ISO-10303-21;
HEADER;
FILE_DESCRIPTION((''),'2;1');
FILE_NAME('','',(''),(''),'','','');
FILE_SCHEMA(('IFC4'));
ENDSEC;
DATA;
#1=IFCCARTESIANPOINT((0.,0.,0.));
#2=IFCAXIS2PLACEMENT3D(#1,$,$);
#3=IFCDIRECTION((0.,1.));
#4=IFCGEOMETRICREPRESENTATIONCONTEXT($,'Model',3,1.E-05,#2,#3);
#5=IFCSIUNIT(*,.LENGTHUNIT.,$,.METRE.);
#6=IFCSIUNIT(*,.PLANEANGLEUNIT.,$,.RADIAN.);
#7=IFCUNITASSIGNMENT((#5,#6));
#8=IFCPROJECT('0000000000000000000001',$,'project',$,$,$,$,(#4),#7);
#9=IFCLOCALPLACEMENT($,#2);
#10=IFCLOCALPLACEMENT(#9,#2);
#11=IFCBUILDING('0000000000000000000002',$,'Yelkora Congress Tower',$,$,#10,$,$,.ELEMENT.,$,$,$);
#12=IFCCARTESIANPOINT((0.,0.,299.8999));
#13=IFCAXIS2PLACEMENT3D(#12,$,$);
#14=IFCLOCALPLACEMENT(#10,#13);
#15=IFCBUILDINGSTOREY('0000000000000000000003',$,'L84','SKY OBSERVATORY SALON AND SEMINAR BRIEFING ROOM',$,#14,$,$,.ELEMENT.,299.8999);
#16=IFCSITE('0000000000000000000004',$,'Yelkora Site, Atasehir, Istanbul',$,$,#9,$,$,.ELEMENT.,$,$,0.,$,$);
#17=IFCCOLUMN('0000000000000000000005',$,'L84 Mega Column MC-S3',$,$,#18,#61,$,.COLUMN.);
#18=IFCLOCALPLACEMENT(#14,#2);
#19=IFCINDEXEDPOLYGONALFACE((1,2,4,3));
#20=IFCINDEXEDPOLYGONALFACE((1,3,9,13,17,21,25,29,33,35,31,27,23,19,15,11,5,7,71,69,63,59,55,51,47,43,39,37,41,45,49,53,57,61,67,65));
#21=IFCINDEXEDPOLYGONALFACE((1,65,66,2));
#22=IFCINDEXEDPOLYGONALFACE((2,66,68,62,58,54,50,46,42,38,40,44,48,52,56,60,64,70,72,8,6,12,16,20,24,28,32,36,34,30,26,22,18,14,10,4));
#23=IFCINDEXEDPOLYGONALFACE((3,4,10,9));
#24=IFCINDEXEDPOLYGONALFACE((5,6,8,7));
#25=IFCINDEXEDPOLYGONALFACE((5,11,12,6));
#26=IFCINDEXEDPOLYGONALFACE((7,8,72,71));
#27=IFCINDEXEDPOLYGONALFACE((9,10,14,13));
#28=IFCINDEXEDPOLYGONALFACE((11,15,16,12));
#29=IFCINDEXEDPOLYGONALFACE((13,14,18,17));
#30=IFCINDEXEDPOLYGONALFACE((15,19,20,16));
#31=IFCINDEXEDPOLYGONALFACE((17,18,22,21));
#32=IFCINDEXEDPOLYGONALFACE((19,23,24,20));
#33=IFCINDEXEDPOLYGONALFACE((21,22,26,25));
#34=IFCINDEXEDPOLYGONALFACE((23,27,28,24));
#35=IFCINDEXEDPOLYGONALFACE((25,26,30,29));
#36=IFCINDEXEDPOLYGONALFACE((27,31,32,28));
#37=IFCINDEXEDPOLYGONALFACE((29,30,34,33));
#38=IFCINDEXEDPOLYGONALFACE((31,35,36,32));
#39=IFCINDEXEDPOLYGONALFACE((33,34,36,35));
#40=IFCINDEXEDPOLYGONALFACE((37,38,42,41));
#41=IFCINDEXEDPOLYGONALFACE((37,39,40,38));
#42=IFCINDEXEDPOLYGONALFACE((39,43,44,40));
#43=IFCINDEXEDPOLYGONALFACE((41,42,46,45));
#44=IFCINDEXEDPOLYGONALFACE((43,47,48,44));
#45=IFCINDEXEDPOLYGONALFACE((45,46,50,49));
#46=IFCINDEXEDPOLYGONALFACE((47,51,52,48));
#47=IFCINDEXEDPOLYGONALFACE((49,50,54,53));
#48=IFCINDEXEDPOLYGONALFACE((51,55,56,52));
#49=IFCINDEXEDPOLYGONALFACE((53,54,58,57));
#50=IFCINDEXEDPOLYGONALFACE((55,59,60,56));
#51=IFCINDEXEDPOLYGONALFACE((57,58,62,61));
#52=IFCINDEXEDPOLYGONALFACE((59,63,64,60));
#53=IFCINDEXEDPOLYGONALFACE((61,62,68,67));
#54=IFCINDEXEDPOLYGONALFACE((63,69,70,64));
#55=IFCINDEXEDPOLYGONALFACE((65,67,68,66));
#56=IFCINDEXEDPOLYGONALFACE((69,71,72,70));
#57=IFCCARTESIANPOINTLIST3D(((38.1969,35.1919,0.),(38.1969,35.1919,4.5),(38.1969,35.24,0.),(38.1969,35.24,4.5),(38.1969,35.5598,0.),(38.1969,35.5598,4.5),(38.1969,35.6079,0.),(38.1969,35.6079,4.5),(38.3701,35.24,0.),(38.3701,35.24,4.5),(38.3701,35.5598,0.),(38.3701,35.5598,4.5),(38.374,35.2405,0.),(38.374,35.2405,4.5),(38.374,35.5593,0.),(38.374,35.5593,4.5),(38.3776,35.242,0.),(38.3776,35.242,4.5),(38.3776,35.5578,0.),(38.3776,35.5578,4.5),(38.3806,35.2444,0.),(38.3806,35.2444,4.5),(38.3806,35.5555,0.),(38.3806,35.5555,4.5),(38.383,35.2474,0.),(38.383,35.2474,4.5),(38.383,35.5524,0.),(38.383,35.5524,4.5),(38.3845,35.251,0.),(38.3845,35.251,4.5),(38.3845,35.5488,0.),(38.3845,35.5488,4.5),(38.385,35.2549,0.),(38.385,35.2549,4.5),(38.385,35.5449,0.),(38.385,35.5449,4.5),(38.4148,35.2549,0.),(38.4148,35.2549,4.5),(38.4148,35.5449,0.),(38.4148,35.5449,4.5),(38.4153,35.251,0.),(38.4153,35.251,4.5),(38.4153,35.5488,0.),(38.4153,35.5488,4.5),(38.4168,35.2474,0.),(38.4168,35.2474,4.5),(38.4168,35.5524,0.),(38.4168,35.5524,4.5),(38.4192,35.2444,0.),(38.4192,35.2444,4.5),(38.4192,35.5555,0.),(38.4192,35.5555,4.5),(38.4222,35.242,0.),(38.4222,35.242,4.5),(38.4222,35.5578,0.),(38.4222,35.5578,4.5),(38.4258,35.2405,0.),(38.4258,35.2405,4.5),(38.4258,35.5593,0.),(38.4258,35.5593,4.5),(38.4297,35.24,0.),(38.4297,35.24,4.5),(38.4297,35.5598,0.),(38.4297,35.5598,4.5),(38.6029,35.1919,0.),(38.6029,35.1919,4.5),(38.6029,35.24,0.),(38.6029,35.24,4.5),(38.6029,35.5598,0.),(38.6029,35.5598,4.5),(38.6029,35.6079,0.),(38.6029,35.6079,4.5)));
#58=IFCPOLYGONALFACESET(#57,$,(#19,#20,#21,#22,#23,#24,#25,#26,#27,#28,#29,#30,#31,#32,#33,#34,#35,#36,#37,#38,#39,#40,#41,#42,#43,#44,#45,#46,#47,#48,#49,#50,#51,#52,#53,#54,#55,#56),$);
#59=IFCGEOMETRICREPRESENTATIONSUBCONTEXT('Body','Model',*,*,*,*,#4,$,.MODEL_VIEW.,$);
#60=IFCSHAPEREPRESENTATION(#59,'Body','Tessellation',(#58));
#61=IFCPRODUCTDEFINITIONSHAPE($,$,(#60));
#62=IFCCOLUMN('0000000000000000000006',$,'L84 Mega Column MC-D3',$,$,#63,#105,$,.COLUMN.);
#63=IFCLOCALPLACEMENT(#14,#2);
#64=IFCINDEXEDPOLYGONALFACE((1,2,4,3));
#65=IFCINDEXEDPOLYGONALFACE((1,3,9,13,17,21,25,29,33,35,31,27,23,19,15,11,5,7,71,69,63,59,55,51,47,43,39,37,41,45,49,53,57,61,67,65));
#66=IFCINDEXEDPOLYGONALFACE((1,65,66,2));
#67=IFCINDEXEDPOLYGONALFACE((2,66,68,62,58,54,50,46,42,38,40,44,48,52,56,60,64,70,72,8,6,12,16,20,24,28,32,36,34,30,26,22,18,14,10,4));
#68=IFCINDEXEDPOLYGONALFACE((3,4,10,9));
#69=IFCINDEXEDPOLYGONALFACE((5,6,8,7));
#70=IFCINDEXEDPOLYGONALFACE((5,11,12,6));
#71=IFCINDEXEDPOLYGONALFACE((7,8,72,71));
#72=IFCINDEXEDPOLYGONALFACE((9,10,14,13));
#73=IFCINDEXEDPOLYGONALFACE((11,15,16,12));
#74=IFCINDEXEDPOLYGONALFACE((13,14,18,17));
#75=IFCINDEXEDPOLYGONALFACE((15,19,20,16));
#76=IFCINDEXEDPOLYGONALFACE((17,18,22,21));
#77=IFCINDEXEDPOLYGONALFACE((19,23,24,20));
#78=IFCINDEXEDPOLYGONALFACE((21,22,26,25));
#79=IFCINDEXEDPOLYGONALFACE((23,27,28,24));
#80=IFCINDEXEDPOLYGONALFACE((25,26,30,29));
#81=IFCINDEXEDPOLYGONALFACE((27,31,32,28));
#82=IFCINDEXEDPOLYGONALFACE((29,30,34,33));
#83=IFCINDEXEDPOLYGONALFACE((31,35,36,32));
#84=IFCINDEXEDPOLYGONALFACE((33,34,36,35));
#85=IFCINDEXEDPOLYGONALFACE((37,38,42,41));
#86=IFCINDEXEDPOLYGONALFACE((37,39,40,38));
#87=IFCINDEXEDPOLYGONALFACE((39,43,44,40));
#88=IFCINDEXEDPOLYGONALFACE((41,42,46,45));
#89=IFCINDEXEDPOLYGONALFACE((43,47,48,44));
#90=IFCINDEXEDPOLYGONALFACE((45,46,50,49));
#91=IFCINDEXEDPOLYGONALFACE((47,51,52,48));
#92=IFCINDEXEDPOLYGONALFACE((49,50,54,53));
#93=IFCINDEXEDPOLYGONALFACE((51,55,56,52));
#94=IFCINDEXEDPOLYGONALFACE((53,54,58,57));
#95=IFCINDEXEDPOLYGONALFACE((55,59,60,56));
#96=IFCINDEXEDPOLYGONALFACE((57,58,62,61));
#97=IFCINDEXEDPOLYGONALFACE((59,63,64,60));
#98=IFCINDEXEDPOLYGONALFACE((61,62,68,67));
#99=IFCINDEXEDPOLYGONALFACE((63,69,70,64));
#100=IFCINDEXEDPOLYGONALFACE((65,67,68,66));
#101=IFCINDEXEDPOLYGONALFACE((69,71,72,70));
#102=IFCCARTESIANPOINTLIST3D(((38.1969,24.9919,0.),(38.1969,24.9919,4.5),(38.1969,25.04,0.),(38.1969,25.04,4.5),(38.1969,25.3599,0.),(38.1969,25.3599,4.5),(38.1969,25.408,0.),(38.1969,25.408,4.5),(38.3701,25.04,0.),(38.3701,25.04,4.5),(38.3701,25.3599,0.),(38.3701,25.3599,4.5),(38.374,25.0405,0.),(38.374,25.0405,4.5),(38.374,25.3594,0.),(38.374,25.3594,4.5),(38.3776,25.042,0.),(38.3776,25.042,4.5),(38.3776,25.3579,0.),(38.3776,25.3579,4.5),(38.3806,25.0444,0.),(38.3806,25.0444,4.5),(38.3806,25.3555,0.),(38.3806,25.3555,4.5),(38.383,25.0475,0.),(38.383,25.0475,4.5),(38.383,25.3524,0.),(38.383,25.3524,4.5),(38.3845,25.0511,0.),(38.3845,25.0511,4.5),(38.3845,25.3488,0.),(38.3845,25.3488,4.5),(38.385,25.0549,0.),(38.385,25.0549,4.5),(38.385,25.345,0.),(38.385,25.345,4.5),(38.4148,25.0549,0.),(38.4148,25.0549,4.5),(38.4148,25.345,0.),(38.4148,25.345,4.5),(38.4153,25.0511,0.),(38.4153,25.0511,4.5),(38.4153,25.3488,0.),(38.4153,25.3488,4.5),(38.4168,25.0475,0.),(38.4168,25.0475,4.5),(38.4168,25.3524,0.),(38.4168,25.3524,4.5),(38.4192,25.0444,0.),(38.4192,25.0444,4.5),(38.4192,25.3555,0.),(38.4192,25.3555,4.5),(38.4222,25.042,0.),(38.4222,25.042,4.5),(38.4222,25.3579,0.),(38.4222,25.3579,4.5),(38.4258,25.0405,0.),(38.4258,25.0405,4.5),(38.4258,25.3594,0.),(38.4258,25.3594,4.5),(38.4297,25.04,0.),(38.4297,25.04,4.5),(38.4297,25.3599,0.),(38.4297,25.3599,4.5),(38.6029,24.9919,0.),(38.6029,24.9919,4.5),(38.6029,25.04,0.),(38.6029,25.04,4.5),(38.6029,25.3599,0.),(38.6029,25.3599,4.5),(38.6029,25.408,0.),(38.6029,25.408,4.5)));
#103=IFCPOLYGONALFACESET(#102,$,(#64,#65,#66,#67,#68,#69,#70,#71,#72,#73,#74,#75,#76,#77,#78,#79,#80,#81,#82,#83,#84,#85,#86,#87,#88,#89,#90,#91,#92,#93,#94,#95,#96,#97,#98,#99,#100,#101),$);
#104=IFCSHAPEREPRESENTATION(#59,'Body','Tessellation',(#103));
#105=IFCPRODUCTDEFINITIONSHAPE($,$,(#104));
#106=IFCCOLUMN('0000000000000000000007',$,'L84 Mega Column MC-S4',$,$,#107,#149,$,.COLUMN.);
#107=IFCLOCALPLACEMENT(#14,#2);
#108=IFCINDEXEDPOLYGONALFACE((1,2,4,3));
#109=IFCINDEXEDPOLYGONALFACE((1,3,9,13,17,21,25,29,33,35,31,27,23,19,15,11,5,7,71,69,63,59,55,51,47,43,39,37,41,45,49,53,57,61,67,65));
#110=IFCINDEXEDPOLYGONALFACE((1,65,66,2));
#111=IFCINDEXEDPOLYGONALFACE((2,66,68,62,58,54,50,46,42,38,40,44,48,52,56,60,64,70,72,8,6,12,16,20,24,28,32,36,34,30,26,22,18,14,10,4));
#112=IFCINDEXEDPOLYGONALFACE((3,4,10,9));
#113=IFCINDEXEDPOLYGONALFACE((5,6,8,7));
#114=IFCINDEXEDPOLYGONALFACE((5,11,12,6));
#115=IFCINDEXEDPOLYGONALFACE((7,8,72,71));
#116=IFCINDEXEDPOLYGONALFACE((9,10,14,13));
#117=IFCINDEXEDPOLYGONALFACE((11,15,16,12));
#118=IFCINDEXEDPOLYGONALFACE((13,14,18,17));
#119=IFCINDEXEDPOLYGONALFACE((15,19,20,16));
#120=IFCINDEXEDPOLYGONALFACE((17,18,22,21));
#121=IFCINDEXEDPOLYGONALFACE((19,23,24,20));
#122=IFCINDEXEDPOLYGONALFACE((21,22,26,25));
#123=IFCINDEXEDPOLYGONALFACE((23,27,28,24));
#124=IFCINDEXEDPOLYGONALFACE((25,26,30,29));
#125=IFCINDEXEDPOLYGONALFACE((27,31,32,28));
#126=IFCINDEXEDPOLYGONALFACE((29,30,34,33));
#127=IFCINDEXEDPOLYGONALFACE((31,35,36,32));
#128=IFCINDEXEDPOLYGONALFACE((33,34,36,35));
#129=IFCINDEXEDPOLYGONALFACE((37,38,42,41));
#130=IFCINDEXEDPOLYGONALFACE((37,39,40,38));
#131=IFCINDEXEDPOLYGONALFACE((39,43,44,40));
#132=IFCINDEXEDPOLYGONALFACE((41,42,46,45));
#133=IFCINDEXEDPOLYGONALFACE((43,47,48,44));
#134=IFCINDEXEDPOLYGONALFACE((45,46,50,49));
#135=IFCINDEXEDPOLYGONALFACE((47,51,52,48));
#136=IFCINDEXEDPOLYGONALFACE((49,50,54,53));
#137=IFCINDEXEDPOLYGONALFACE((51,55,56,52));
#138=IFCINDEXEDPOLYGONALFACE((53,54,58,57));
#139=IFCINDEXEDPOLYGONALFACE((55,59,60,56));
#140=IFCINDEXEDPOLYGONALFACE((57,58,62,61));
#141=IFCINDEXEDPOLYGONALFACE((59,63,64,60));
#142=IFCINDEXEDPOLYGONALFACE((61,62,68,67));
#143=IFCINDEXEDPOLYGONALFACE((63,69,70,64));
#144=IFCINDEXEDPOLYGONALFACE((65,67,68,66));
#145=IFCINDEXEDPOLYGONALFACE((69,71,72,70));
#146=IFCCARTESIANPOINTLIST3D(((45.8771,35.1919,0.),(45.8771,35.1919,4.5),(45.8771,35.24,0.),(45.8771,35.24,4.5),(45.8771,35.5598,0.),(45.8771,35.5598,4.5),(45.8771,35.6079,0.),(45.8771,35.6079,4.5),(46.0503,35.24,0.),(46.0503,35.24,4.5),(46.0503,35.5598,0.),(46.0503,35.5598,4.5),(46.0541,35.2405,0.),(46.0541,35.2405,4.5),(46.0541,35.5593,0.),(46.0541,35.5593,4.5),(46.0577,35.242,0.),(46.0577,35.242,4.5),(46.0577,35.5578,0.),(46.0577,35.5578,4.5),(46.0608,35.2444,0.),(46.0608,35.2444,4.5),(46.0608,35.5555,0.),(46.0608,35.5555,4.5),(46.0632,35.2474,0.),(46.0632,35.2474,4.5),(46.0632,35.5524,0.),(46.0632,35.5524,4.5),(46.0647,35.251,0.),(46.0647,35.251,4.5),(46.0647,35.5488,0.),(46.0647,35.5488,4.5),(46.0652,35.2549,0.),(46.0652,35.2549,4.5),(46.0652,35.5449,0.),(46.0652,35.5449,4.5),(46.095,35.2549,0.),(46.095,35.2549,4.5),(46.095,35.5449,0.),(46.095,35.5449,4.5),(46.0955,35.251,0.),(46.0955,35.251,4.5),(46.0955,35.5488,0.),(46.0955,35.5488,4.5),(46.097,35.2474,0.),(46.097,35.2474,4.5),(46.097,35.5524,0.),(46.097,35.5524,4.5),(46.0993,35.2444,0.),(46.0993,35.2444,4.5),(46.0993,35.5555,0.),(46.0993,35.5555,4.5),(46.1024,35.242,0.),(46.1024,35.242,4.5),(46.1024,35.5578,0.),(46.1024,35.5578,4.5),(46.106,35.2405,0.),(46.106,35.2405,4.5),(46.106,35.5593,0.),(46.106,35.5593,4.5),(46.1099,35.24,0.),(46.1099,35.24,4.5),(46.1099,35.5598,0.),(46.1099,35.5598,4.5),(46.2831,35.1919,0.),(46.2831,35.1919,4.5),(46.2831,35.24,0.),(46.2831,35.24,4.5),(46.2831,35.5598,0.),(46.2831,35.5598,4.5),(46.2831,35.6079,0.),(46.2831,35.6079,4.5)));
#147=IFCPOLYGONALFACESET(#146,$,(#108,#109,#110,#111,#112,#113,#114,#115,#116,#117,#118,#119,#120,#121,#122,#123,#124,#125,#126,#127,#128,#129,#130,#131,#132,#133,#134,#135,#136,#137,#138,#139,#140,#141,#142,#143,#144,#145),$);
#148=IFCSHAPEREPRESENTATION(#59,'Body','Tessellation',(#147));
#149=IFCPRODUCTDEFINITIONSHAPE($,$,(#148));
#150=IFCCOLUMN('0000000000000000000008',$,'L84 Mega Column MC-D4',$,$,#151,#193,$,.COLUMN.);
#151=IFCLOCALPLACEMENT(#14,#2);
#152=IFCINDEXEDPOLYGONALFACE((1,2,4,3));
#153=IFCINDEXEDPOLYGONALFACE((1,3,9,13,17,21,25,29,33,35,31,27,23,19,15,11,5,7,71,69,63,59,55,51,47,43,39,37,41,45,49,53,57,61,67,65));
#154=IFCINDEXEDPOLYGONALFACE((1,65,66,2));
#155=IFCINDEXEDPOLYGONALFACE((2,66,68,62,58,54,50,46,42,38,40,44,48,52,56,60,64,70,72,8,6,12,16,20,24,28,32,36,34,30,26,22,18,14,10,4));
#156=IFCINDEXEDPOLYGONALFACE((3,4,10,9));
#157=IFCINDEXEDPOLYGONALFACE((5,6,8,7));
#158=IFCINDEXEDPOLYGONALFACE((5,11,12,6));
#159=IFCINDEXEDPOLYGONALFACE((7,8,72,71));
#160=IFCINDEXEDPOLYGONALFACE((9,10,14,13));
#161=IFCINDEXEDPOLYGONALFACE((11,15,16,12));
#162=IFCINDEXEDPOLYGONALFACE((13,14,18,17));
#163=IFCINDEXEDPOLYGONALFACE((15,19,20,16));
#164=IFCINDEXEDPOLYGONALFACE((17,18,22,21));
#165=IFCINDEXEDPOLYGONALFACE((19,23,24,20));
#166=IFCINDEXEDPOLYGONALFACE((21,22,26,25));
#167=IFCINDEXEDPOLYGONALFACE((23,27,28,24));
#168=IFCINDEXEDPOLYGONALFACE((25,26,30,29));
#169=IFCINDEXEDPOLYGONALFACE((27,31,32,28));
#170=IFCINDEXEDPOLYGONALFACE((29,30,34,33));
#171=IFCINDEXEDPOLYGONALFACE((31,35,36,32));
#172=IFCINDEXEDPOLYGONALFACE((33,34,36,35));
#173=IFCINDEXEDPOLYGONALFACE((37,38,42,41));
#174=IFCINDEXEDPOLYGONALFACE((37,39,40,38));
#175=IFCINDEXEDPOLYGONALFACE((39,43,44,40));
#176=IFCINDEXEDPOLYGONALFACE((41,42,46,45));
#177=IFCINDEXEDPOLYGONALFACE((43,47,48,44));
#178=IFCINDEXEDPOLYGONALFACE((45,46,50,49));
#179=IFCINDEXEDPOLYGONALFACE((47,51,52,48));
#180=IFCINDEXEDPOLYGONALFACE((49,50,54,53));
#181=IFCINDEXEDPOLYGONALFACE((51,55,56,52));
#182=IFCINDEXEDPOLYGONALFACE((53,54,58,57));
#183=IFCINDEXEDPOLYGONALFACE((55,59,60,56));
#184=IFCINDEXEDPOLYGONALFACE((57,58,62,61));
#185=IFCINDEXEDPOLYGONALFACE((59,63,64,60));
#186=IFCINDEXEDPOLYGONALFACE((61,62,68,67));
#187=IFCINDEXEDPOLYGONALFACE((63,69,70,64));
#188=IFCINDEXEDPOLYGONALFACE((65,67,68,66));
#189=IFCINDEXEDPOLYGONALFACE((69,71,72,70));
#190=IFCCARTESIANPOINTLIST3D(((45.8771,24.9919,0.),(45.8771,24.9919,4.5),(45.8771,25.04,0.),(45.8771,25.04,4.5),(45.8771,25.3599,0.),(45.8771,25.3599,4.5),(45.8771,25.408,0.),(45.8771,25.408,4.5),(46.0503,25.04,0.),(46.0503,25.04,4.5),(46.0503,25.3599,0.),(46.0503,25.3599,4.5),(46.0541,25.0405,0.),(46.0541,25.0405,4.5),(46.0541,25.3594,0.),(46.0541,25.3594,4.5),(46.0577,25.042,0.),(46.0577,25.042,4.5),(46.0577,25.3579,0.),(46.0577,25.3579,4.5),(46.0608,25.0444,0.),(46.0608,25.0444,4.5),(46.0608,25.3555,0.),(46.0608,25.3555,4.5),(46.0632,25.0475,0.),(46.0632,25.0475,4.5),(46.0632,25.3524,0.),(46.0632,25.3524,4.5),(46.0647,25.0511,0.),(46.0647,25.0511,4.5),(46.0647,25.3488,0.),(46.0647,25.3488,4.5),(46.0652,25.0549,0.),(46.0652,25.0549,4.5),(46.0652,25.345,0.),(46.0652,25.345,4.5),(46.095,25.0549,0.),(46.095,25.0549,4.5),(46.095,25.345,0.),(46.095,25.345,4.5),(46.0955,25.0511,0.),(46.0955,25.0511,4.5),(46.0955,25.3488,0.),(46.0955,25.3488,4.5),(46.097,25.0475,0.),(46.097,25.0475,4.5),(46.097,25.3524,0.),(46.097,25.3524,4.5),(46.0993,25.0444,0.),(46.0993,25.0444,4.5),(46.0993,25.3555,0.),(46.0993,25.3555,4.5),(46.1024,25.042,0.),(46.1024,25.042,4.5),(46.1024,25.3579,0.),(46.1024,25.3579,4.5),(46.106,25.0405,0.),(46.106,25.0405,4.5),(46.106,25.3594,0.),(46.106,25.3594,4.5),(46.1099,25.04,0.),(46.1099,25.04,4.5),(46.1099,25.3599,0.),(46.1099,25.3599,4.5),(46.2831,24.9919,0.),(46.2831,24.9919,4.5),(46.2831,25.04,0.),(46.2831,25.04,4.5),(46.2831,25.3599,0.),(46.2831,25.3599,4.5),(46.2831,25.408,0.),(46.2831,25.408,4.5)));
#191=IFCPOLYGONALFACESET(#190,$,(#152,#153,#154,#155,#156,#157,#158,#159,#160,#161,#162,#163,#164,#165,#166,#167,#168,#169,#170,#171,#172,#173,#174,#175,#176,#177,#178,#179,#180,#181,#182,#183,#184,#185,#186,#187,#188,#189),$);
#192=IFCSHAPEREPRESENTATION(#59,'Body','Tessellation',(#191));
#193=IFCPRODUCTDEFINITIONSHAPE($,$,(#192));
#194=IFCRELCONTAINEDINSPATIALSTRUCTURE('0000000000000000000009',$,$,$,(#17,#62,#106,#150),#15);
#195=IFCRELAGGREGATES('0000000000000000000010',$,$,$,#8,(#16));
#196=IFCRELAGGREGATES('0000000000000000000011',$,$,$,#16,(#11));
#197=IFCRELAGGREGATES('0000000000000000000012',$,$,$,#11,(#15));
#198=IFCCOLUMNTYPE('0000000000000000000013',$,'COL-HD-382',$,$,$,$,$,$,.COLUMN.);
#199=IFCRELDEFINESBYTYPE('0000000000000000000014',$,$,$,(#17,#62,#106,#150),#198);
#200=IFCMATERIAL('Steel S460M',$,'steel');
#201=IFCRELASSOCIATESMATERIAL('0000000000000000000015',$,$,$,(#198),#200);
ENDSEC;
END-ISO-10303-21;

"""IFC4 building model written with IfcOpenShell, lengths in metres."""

from ifc_helpers import new_model, si_unit, direction, frame, origin, origin_2d, place, context, subcontext, project, spatial, i_section, extrude, material, material_profile, profile_set, type_object, element, save


model = new_model("IFC4")

# Units and contexts
model_context = context("Model", 3, precision=1e-05, world=origin(), true_north=direction((0.0, 1.0)))
body_context = subcontext(model_context, "Body", "Model", "MODEL_VIEW")
ifc_project = project(units=[si_unit("LENGTHUNIT", "METRE"), si_unit("PLANEANGLEUNIT", "RADIAN")], contexts=[model_context])

# Site, building, storey
site_placement = place(None, origin())
site = spatial("IfcSite", under=ifc_project, at=site_placement, Name="Yelkora Site, Atasehir, Istanbul", CompositionType="ELEMENT", RefElevation=0.0)
building_placement = place(site_placement, origin())
building = spatial("IfcBuilding", under=site, at=building_placement, Name="Yelkora Congress Tower", CompositionType="ELEMENT")
storey_placement = place(building_placement, frame((0.0, 0.0, 299.8999)))
storey = spatial("IfcBuildingStorey", under=building, at=storey_placement, Name="L84", Description="SKY OBSERVATORY SALON AND SEMINAR BRIEFING ROOM", CompositionType="ELEMENT", Elevation=299.8999)

# Columns
ifc_material_1 = material(Name="Steel S460M", Category="steel")
ifc_material_profile_1 = material_profile(ifc_material_1, i_section(OverallWidth=0.406, OverallDepth=0.416, WebThickness=0.0298, FlangeThickness=0.0481, FilletRadius=0.0149, at=origin_2d()), Name="HD 400x382")
ifc_profile_set_1 = profile_set([ifc_material_profile_1], Name="Steel S460M")
column_type = type_object("IfcColumnType", Name="COL-HD-382", PredefinedType="COLUMN", material=ifc_profile_set_1)
for number, where, z_axis, x_axis, name in (
    (1, (38.3999, 35.3999, 0.0), (0.0, 0.0, 1.0), (1.0, 0.0, 0.0), "L84 Mega Column MC-S3"),
    (2, (38.3999, 25.2, 0.0), (0.0, 0.0, 1.0), (1.0, 0.0, 0.0), "L84 Mega Column MC-D3"),
    (3, (46.0801, 35.3999, 0.0), (0.0, 0.0, 1.0), (1.0, 0.0, 0.0), "L84 Mega Column MC-S4"),
    (4, (46.0801, 25.2, 0.0), (0.0, 0.0, 1.0), (1.0, 0.0, 0.0), "L84 Mega Column MC-D4"),
):
    element("IfcColumn", number, at=place(storey_placement, frame(where, z_axis=z_axis, x_axis=x_axis)), inside=storey, type_object=column_type, Name=name, PredefinedType="COLUMN", context=body_context, shape_type="SweptSolid", body=[
        extrude(i_section(OverallWidth=0.406, OverallDepth=0.416, WebThickness=0.0298, FlangeThickness=0.0481, FilletRadius=0.0149, at=origin_2d()), origin(), (0.0, 0.0, 1.0), 4.5),
    ])

save(model, "model.ifc")
